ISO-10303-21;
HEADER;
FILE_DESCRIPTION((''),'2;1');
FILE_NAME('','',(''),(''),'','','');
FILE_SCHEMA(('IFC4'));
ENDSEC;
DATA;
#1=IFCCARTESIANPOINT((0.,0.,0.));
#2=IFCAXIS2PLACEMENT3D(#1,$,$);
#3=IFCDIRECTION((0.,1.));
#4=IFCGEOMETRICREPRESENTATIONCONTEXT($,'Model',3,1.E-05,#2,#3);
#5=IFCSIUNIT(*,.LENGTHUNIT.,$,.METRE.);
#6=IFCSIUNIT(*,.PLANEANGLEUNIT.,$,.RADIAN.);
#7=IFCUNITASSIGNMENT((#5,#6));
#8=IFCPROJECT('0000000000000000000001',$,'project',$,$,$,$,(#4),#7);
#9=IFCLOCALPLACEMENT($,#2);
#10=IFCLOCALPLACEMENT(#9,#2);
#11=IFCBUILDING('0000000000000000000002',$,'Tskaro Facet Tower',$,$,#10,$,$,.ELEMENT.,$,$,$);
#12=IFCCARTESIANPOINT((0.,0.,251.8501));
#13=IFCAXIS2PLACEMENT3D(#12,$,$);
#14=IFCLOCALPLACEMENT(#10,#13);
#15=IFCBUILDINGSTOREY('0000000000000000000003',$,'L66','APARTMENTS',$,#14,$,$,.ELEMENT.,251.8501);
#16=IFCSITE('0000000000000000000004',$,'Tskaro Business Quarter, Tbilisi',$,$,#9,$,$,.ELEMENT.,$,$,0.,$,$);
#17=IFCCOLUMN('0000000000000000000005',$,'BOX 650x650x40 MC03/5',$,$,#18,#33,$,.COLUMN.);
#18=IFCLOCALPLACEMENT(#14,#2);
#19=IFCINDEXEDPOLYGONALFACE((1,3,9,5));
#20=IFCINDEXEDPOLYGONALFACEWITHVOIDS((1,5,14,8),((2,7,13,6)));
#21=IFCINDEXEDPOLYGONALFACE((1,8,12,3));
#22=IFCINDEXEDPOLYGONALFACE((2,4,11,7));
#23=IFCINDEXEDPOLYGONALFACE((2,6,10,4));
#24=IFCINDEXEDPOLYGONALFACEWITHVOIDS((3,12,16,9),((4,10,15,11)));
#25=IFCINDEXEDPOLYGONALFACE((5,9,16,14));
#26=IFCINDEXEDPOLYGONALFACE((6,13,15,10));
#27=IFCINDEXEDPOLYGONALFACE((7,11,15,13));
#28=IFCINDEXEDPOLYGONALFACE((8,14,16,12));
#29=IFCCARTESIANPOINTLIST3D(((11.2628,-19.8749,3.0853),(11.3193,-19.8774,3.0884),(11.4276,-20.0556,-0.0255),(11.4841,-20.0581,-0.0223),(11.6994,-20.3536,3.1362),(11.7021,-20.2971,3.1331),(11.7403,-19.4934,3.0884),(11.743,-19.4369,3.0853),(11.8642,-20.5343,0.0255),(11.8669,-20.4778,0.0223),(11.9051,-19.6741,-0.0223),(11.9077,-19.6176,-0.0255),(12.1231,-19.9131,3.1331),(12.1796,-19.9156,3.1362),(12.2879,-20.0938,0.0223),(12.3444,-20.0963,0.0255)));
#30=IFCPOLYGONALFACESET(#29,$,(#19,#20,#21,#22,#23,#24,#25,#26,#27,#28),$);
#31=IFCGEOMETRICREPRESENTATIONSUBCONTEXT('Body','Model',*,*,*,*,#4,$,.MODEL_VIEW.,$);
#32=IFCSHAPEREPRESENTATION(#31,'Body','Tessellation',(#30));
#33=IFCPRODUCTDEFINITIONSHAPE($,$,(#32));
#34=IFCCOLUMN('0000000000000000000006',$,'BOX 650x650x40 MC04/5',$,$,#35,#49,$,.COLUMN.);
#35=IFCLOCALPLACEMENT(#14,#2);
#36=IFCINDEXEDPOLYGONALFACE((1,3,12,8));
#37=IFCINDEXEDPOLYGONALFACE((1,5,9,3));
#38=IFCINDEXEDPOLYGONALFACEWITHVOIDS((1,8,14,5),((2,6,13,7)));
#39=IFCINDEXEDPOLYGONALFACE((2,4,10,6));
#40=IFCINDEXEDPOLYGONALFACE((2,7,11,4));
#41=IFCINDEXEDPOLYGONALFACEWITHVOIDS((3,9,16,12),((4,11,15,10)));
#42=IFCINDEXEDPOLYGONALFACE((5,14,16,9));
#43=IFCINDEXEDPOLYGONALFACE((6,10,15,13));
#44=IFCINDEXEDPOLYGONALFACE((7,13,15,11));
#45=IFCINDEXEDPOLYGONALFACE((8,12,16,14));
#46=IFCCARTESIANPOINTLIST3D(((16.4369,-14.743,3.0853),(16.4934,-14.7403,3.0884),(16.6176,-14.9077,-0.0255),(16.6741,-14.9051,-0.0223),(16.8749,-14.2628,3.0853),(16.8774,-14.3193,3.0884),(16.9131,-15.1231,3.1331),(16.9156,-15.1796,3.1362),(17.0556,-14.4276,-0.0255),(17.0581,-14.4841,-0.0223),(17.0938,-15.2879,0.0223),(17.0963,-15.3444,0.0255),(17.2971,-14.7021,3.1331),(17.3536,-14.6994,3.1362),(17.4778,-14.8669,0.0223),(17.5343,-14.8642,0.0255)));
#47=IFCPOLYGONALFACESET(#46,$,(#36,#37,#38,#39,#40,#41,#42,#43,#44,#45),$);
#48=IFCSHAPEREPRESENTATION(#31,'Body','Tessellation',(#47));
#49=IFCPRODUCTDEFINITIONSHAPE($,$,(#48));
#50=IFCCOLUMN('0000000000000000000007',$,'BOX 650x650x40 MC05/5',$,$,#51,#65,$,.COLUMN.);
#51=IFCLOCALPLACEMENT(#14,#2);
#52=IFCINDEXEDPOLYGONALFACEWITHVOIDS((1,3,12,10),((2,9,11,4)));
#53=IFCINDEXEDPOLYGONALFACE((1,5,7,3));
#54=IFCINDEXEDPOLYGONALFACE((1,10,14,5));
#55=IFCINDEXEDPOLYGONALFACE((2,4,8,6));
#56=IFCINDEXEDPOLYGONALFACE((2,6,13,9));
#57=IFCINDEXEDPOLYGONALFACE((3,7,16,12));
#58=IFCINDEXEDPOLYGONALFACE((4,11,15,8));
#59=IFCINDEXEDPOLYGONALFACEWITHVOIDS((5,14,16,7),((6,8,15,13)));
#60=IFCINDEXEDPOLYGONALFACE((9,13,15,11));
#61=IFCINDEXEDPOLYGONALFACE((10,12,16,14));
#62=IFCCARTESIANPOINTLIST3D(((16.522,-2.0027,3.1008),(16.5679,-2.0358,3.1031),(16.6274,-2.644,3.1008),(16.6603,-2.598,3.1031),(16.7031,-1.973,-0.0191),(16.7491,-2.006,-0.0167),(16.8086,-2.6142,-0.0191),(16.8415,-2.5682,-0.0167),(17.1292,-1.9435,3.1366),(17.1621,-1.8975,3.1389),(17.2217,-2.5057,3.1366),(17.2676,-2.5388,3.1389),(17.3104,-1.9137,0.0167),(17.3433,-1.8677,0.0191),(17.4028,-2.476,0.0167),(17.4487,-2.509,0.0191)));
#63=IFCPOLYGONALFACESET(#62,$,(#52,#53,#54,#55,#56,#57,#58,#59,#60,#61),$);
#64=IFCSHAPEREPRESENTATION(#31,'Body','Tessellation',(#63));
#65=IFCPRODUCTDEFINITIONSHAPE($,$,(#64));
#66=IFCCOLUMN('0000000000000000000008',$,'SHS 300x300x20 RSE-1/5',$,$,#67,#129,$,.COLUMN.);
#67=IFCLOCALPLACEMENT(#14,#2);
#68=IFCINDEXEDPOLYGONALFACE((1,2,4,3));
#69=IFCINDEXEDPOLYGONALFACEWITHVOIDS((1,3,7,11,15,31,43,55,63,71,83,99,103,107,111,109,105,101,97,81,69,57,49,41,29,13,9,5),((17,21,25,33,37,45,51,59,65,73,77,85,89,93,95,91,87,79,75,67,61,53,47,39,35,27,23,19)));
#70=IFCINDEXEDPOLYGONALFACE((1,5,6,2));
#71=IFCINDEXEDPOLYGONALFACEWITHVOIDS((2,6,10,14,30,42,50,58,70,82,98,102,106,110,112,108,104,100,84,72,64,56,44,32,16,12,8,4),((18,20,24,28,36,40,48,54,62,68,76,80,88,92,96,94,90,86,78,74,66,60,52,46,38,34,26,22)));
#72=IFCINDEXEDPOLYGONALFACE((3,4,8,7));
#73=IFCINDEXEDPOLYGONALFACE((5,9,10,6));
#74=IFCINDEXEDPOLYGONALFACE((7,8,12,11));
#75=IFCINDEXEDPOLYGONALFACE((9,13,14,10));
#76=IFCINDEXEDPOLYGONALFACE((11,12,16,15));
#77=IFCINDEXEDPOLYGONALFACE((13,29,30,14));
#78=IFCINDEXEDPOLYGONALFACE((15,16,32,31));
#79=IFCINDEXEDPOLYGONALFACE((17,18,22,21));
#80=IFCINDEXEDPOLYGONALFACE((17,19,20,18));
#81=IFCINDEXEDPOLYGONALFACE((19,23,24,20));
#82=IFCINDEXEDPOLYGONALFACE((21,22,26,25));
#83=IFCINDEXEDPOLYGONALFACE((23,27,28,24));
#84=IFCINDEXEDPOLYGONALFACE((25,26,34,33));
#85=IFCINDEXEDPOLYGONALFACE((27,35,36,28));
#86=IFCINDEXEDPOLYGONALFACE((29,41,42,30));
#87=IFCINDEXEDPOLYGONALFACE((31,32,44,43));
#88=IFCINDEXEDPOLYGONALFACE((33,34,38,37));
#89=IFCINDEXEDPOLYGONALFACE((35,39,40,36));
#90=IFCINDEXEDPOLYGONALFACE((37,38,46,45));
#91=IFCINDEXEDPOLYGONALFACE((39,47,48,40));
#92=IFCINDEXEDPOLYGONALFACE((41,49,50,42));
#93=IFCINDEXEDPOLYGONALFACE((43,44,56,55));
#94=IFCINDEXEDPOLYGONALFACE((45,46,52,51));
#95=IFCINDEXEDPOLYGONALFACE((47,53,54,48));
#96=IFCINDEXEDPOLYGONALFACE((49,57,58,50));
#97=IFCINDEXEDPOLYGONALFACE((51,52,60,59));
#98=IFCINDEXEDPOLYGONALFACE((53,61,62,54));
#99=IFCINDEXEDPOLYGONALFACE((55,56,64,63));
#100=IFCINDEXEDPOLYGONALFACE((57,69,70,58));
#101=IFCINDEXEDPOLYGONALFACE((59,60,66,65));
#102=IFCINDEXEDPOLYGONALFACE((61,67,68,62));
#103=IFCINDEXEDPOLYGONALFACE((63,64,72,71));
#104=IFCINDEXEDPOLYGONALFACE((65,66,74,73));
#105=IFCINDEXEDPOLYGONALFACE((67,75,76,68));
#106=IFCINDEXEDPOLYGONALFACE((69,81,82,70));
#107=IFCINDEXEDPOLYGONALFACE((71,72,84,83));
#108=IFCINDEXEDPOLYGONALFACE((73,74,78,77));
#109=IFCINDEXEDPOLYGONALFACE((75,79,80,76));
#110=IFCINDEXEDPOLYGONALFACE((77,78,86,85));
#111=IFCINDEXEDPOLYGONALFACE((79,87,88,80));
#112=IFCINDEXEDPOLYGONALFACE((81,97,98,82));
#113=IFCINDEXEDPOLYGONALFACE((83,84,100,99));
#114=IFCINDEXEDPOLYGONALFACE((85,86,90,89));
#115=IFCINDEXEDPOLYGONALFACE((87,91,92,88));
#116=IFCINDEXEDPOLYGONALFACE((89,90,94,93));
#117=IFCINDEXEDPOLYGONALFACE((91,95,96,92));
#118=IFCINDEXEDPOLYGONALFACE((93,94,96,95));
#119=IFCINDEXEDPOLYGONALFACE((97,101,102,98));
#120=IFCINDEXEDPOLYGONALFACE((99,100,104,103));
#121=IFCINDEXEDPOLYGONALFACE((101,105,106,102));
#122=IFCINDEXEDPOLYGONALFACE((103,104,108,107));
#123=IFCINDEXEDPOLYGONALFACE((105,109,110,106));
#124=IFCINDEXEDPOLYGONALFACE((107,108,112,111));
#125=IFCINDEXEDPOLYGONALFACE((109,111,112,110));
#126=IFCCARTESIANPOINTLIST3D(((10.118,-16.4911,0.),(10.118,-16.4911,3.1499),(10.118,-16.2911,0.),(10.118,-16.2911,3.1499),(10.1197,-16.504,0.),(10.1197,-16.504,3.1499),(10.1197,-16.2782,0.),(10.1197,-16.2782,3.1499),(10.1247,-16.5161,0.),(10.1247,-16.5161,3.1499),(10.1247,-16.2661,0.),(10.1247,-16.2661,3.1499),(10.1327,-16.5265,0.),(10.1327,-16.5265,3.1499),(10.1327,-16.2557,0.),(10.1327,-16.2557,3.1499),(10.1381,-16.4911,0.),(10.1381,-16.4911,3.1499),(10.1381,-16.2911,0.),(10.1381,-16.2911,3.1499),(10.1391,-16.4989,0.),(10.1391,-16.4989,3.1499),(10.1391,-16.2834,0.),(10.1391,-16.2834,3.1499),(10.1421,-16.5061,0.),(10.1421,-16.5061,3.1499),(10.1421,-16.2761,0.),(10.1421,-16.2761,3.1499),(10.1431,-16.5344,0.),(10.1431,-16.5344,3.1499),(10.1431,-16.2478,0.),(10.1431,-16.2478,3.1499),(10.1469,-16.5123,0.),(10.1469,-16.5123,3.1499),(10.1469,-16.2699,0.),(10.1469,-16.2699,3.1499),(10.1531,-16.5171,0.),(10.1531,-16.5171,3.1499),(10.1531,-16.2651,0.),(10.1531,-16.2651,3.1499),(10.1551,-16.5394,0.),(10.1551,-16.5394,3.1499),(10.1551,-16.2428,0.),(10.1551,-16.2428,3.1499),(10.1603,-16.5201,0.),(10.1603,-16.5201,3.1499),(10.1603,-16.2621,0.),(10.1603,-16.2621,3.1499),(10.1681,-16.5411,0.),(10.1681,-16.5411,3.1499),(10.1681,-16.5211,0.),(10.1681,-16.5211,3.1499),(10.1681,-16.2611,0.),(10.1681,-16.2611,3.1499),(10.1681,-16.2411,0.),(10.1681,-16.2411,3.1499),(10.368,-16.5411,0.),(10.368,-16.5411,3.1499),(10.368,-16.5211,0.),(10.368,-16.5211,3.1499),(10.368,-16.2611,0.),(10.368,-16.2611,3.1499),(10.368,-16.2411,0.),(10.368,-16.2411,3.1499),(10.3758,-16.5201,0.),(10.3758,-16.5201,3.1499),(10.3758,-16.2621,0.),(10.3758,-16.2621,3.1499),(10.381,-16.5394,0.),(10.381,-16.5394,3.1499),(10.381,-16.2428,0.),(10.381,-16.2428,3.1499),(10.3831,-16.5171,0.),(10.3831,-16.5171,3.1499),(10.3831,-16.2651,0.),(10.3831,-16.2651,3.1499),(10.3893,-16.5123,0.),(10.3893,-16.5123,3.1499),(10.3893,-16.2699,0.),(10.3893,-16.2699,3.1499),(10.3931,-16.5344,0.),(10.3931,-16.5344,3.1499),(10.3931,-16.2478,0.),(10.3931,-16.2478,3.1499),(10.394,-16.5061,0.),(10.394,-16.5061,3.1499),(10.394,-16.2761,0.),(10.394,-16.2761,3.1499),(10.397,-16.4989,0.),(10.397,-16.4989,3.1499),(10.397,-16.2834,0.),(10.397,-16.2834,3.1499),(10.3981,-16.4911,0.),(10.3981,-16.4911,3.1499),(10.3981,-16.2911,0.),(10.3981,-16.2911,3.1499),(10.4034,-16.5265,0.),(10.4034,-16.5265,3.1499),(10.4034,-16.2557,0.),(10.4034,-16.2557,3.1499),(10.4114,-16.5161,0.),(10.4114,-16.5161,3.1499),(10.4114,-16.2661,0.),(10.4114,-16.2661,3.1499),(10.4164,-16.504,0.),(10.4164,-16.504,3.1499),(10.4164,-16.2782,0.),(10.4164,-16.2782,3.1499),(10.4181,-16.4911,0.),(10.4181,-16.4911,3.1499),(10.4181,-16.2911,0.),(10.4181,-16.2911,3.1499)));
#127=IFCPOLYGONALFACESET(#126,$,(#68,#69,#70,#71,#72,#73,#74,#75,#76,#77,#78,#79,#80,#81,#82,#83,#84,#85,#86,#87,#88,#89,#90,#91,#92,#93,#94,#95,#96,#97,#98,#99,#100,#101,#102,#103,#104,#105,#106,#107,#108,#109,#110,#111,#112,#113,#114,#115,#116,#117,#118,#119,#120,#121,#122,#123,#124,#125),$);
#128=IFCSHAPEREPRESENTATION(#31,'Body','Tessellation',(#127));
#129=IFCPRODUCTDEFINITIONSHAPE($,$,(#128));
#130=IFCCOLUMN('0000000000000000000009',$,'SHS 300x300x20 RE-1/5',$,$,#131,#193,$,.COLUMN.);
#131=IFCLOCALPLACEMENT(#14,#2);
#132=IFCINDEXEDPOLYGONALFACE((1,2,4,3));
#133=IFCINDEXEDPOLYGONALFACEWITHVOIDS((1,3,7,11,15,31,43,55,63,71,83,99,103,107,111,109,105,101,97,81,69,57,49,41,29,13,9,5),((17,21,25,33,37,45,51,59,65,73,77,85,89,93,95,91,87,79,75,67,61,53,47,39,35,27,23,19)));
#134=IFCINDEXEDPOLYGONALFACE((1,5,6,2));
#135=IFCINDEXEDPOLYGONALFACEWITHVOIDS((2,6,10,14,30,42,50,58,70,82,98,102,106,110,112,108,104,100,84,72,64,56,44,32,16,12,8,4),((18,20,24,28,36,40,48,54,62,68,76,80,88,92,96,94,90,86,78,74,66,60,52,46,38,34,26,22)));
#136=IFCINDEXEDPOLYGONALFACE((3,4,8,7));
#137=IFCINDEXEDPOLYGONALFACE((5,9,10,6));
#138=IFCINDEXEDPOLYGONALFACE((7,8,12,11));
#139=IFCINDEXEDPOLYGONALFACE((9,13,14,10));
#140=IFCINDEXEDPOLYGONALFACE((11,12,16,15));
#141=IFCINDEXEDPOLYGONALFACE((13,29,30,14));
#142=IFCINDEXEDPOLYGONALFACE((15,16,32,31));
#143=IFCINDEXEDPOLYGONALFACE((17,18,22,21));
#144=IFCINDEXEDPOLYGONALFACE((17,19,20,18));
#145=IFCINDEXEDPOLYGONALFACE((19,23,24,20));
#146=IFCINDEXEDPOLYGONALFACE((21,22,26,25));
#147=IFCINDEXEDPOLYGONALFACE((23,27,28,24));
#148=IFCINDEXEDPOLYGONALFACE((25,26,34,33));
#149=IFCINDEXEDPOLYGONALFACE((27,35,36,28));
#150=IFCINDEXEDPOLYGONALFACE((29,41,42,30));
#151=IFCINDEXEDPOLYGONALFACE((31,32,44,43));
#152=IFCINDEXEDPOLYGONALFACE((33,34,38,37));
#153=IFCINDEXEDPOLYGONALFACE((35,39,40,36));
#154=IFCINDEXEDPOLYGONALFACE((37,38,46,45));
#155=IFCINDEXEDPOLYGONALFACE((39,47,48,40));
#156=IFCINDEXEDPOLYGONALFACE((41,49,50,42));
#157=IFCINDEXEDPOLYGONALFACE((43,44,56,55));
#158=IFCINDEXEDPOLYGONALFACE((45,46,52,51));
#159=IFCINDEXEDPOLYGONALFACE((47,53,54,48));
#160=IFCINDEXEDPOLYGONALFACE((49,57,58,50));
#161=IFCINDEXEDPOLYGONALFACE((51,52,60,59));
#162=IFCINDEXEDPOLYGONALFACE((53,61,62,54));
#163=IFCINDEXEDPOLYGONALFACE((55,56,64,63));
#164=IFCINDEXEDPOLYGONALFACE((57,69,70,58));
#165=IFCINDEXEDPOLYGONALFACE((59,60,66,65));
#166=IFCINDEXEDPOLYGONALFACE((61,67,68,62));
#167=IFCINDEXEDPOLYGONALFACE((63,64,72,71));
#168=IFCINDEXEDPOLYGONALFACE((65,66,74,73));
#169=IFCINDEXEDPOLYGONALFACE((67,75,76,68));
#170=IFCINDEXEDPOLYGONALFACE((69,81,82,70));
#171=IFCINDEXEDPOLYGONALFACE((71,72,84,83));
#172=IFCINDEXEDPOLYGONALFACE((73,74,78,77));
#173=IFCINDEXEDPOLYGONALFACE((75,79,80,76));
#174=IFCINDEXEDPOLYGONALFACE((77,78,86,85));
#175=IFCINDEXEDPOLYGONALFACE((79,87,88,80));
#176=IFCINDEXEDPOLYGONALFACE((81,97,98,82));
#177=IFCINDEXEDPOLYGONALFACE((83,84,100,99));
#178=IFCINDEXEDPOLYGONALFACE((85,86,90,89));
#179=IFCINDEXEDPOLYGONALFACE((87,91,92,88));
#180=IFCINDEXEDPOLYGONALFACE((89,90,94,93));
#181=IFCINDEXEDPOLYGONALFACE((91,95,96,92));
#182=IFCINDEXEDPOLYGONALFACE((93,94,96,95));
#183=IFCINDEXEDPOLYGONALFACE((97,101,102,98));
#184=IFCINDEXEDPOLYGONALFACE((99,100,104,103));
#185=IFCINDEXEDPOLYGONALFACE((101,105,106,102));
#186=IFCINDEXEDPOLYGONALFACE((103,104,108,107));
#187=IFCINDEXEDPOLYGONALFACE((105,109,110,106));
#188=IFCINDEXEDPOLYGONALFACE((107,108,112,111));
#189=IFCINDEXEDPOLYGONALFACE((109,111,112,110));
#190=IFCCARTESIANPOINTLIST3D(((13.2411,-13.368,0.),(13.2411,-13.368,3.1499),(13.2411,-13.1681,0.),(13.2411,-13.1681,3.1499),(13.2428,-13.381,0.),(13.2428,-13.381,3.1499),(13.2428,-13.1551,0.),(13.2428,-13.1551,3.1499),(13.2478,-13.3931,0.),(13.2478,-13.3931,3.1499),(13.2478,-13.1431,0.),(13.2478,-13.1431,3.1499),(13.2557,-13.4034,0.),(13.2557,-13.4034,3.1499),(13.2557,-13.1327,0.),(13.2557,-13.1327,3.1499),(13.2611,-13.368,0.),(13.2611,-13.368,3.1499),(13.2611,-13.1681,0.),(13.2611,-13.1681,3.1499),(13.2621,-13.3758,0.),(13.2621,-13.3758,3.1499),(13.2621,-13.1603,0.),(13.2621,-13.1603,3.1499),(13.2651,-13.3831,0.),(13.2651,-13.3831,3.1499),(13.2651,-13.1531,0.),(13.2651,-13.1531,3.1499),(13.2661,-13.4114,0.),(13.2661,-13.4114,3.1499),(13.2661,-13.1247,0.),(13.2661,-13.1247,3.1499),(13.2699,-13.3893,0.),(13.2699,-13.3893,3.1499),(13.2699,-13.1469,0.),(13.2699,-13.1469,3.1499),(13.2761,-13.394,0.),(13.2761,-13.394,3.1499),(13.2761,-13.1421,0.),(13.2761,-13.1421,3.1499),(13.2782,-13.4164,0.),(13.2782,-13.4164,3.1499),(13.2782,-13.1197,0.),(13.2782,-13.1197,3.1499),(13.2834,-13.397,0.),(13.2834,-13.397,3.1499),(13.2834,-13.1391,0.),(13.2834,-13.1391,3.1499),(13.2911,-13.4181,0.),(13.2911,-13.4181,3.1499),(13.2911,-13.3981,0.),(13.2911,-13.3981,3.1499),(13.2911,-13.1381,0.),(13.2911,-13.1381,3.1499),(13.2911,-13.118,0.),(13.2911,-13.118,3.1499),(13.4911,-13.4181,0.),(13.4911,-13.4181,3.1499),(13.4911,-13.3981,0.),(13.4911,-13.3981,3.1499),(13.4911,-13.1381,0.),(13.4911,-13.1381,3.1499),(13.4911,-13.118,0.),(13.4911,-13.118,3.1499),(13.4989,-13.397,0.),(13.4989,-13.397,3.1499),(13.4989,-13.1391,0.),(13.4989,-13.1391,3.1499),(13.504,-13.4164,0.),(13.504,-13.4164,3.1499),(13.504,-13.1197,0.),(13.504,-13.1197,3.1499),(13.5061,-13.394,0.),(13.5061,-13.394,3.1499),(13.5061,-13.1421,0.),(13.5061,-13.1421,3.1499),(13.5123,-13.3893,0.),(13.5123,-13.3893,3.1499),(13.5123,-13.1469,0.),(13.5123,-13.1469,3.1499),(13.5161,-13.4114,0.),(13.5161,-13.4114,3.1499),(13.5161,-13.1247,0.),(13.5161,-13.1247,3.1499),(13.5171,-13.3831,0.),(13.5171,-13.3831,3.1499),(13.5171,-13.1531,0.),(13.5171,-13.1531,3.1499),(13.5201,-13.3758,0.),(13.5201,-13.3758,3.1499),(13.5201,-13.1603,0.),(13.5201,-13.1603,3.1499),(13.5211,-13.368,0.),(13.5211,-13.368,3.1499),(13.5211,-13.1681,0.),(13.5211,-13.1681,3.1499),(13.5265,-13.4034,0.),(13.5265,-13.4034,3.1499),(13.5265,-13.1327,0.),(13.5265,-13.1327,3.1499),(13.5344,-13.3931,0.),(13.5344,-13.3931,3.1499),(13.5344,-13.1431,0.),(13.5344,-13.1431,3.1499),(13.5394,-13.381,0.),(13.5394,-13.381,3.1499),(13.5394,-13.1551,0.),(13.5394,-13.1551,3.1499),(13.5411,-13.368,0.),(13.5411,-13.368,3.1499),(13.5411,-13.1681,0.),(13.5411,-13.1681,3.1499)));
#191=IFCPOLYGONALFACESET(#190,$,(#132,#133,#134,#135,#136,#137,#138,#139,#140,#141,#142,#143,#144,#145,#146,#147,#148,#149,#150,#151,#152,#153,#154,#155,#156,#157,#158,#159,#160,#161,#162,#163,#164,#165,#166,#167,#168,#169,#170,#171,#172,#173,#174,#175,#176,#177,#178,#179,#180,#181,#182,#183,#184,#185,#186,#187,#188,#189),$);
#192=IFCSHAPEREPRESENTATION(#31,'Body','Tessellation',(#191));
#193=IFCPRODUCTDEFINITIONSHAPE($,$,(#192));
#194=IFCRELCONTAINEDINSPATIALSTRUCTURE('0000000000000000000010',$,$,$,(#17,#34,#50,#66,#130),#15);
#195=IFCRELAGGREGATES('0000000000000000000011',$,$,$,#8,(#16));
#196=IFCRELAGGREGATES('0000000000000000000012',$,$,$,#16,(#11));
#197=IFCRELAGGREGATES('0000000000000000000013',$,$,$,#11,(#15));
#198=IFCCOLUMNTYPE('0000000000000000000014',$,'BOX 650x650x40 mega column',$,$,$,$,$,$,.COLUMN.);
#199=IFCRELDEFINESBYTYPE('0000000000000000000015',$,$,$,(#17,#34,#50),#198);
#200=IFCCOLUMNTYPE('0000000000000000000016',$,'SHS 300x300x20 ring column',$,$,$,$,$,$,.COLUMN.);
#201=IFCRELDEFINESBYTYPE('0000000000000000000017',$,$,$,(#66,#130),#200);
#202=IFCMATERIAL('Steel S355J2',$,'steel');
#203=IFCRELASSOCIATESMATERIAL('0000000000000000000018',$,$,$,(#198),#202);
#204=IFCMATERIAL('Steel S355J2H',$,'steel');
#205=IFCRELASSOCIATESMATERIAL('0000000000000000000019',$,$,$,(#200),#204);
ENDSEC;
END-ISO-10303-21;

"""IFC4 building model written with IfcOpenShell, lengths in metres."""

from ifc_helpers import new_model, si_unit, direction, frame, origin, origin_2d, place, context, subcontext, project, spatial, hollow_rectangle, extrude, material, material_profile, profile_set, type_object, element, save


model = new_model("IFC4")

# Units and contexts
model_context = context("Model", 3, precision=1e-05, world=origin(), true_north=direction((0.0, 1.0)))
body_context = subcontext(model_context, "Body", "Model", "MODEL_VIEW")
ifc_project = project(units=[si_unit("LENGTHUNIT", "METRE"), si_unit("PLANEANGLEUNIT", "RADIAN")], contexts=[model_context])

# Site, building, storey
site_placement = place(None, origin())
site = spatial("IfcSite", under=ifc_project, at=site_placement, Name="Tskaro Business Quarter, Tbilisi", CompositionType="ELEMENT", RefElevation=0.0)
building_placement = place(site_placement, origin())
building = spatial("IfcBuilding", under=site, at=building_placement, Name="Tskaro Facet Tower", CompositionType="ELEMENT")
storey_placement = place(building_placement, frame((0.0, 0.0, 251.8501)))
storey = spatial("IfcBuildingStorey", under=building, at=storey_placement, Name="L66", Description="APARTMENTS", CompositionType="ELEMENT", Elevation=251.8501)

# Columns
ifc_material_1 = material(Name="Steel S355J2", Category="steel")
ifc_material_profile_1 = material_profile(ifc_material_1, hollow_rectangle(XDim=0.6499, YDim=0.6499, WallThickness=0.04, at=origin_2d()), Name="BOX 650x650x40")
ifc_profile_set_1 = profile_set([ifc_material_profile_1], Name="Steel S355J2")
column_type_1 = type_object("IfcColumnType", Name="BOX 650x650x40 mega column", PredefinedType="COLUMN", material=ifc_profile_set_1)
for number, where, z_axis, x_axis, name in (
    (1, (11.886, -20.0759, 0.0), (-0.052812, 0.057897, 0.996925), (-0.73881, -0.673914, 0.0), "BOX 650x650x40 MC03/5"),
    (2, (17.0759, -14.886, 0.0), (-0.057897, 0.052812, 0.996925), (-0.673914, -0.73881, 0.0), "BOX 650x650x40 MC04/5"),
):
    element("IfcColumn", number, at=place(storey_placement, frame(where, z_axis=z_axis, x_axis=x_axis)), inside=storey, type_object=column_type_1, Name=name, PredefinedType="COLUMN", context=body_context, shape_type="SweptSolid", body=[
        extrude(hollow_rectangle(XDim=0.6499, YDim=0.6499, WallThickness=0.04, at=origin_2d()), origin(), (0.0, 0.0, 1.0), 3.1204),
    ])
column_placement = place(storey_placement, frame((17.0759, -2.241, 0.0), z_axis=(-0.057964, -0.00953, 0.998273), x_axis=(0.162242, -0.986751, 0.0)))
element("IfcColumn", 3, at=column_placement, inside=storey, type_object=column_type_1, Name="BOX 650x650x40 MC05/5", PredefinedType="COLUMN", context=body_context, shape_type="SweptSolid", body=[
    extrude(hollow_rectangle(XDim=0.6499, YDim=0.6499, WallThickness=0.04, at=origin_2d()), origin(), (0.0, 0.0, 1.0), 3.1252),
])
ifc_material_2 = material(Name="Steel S355J2H", Category="steel")
ifc_material_profile_2 = material_profile(ifc_material_2, hollow_rectangle(XDim=0.3, YDim=0.3, WallThickness=0.02, InnerFilletRadius=0.03, OuterFilletRadius=0.05, at=origin_2d()), Name="SHS 300x300x20")
ifc_profile_set_2 = profile_set([ifc_material_profile_2], Name="Steel S355J2H")
column_type_2 = type_object("IfcColumnType", Name="SHS 300x300x20 ring column", PredefinedType="COLUMN", material=ifc_profile_set_2)
for number, where, z_axis, x_axis, name in (
    (4, (10.2681, -16.3911, 0.0), (0.0, 0.0, 1.0), (1.0, 0.0, 0.0), "SHS 300x300x20 RSE-1/5"),
    (5, (13.3911, -13.2681, 0.0), (0.0, 0.0, 1.0), (1.0, 0.0, 0.0), "SHS 300x300x20 RE-1/5"),
):
    element("IfcColumn", number, at=place(storey_placement, frame(where, z_axis=z_axis, x_axis=x_axis)), inside=storey, type_object=column_type_2, Name=name, PredefinedType="COLUMN", context=body_context, shape_type="SweptSolid", body=[
        extrude(hollow_rectangle(XDim=0.3, YDim=0.3, WallThickness=0.02, InnerFilletRadius=0.03, OuterFilletRadius=0.05, at=origin_2d()), origin(), (0.0, 0.0, 1.0), 3.1499),
    ])

save(model, "model.ifc")
